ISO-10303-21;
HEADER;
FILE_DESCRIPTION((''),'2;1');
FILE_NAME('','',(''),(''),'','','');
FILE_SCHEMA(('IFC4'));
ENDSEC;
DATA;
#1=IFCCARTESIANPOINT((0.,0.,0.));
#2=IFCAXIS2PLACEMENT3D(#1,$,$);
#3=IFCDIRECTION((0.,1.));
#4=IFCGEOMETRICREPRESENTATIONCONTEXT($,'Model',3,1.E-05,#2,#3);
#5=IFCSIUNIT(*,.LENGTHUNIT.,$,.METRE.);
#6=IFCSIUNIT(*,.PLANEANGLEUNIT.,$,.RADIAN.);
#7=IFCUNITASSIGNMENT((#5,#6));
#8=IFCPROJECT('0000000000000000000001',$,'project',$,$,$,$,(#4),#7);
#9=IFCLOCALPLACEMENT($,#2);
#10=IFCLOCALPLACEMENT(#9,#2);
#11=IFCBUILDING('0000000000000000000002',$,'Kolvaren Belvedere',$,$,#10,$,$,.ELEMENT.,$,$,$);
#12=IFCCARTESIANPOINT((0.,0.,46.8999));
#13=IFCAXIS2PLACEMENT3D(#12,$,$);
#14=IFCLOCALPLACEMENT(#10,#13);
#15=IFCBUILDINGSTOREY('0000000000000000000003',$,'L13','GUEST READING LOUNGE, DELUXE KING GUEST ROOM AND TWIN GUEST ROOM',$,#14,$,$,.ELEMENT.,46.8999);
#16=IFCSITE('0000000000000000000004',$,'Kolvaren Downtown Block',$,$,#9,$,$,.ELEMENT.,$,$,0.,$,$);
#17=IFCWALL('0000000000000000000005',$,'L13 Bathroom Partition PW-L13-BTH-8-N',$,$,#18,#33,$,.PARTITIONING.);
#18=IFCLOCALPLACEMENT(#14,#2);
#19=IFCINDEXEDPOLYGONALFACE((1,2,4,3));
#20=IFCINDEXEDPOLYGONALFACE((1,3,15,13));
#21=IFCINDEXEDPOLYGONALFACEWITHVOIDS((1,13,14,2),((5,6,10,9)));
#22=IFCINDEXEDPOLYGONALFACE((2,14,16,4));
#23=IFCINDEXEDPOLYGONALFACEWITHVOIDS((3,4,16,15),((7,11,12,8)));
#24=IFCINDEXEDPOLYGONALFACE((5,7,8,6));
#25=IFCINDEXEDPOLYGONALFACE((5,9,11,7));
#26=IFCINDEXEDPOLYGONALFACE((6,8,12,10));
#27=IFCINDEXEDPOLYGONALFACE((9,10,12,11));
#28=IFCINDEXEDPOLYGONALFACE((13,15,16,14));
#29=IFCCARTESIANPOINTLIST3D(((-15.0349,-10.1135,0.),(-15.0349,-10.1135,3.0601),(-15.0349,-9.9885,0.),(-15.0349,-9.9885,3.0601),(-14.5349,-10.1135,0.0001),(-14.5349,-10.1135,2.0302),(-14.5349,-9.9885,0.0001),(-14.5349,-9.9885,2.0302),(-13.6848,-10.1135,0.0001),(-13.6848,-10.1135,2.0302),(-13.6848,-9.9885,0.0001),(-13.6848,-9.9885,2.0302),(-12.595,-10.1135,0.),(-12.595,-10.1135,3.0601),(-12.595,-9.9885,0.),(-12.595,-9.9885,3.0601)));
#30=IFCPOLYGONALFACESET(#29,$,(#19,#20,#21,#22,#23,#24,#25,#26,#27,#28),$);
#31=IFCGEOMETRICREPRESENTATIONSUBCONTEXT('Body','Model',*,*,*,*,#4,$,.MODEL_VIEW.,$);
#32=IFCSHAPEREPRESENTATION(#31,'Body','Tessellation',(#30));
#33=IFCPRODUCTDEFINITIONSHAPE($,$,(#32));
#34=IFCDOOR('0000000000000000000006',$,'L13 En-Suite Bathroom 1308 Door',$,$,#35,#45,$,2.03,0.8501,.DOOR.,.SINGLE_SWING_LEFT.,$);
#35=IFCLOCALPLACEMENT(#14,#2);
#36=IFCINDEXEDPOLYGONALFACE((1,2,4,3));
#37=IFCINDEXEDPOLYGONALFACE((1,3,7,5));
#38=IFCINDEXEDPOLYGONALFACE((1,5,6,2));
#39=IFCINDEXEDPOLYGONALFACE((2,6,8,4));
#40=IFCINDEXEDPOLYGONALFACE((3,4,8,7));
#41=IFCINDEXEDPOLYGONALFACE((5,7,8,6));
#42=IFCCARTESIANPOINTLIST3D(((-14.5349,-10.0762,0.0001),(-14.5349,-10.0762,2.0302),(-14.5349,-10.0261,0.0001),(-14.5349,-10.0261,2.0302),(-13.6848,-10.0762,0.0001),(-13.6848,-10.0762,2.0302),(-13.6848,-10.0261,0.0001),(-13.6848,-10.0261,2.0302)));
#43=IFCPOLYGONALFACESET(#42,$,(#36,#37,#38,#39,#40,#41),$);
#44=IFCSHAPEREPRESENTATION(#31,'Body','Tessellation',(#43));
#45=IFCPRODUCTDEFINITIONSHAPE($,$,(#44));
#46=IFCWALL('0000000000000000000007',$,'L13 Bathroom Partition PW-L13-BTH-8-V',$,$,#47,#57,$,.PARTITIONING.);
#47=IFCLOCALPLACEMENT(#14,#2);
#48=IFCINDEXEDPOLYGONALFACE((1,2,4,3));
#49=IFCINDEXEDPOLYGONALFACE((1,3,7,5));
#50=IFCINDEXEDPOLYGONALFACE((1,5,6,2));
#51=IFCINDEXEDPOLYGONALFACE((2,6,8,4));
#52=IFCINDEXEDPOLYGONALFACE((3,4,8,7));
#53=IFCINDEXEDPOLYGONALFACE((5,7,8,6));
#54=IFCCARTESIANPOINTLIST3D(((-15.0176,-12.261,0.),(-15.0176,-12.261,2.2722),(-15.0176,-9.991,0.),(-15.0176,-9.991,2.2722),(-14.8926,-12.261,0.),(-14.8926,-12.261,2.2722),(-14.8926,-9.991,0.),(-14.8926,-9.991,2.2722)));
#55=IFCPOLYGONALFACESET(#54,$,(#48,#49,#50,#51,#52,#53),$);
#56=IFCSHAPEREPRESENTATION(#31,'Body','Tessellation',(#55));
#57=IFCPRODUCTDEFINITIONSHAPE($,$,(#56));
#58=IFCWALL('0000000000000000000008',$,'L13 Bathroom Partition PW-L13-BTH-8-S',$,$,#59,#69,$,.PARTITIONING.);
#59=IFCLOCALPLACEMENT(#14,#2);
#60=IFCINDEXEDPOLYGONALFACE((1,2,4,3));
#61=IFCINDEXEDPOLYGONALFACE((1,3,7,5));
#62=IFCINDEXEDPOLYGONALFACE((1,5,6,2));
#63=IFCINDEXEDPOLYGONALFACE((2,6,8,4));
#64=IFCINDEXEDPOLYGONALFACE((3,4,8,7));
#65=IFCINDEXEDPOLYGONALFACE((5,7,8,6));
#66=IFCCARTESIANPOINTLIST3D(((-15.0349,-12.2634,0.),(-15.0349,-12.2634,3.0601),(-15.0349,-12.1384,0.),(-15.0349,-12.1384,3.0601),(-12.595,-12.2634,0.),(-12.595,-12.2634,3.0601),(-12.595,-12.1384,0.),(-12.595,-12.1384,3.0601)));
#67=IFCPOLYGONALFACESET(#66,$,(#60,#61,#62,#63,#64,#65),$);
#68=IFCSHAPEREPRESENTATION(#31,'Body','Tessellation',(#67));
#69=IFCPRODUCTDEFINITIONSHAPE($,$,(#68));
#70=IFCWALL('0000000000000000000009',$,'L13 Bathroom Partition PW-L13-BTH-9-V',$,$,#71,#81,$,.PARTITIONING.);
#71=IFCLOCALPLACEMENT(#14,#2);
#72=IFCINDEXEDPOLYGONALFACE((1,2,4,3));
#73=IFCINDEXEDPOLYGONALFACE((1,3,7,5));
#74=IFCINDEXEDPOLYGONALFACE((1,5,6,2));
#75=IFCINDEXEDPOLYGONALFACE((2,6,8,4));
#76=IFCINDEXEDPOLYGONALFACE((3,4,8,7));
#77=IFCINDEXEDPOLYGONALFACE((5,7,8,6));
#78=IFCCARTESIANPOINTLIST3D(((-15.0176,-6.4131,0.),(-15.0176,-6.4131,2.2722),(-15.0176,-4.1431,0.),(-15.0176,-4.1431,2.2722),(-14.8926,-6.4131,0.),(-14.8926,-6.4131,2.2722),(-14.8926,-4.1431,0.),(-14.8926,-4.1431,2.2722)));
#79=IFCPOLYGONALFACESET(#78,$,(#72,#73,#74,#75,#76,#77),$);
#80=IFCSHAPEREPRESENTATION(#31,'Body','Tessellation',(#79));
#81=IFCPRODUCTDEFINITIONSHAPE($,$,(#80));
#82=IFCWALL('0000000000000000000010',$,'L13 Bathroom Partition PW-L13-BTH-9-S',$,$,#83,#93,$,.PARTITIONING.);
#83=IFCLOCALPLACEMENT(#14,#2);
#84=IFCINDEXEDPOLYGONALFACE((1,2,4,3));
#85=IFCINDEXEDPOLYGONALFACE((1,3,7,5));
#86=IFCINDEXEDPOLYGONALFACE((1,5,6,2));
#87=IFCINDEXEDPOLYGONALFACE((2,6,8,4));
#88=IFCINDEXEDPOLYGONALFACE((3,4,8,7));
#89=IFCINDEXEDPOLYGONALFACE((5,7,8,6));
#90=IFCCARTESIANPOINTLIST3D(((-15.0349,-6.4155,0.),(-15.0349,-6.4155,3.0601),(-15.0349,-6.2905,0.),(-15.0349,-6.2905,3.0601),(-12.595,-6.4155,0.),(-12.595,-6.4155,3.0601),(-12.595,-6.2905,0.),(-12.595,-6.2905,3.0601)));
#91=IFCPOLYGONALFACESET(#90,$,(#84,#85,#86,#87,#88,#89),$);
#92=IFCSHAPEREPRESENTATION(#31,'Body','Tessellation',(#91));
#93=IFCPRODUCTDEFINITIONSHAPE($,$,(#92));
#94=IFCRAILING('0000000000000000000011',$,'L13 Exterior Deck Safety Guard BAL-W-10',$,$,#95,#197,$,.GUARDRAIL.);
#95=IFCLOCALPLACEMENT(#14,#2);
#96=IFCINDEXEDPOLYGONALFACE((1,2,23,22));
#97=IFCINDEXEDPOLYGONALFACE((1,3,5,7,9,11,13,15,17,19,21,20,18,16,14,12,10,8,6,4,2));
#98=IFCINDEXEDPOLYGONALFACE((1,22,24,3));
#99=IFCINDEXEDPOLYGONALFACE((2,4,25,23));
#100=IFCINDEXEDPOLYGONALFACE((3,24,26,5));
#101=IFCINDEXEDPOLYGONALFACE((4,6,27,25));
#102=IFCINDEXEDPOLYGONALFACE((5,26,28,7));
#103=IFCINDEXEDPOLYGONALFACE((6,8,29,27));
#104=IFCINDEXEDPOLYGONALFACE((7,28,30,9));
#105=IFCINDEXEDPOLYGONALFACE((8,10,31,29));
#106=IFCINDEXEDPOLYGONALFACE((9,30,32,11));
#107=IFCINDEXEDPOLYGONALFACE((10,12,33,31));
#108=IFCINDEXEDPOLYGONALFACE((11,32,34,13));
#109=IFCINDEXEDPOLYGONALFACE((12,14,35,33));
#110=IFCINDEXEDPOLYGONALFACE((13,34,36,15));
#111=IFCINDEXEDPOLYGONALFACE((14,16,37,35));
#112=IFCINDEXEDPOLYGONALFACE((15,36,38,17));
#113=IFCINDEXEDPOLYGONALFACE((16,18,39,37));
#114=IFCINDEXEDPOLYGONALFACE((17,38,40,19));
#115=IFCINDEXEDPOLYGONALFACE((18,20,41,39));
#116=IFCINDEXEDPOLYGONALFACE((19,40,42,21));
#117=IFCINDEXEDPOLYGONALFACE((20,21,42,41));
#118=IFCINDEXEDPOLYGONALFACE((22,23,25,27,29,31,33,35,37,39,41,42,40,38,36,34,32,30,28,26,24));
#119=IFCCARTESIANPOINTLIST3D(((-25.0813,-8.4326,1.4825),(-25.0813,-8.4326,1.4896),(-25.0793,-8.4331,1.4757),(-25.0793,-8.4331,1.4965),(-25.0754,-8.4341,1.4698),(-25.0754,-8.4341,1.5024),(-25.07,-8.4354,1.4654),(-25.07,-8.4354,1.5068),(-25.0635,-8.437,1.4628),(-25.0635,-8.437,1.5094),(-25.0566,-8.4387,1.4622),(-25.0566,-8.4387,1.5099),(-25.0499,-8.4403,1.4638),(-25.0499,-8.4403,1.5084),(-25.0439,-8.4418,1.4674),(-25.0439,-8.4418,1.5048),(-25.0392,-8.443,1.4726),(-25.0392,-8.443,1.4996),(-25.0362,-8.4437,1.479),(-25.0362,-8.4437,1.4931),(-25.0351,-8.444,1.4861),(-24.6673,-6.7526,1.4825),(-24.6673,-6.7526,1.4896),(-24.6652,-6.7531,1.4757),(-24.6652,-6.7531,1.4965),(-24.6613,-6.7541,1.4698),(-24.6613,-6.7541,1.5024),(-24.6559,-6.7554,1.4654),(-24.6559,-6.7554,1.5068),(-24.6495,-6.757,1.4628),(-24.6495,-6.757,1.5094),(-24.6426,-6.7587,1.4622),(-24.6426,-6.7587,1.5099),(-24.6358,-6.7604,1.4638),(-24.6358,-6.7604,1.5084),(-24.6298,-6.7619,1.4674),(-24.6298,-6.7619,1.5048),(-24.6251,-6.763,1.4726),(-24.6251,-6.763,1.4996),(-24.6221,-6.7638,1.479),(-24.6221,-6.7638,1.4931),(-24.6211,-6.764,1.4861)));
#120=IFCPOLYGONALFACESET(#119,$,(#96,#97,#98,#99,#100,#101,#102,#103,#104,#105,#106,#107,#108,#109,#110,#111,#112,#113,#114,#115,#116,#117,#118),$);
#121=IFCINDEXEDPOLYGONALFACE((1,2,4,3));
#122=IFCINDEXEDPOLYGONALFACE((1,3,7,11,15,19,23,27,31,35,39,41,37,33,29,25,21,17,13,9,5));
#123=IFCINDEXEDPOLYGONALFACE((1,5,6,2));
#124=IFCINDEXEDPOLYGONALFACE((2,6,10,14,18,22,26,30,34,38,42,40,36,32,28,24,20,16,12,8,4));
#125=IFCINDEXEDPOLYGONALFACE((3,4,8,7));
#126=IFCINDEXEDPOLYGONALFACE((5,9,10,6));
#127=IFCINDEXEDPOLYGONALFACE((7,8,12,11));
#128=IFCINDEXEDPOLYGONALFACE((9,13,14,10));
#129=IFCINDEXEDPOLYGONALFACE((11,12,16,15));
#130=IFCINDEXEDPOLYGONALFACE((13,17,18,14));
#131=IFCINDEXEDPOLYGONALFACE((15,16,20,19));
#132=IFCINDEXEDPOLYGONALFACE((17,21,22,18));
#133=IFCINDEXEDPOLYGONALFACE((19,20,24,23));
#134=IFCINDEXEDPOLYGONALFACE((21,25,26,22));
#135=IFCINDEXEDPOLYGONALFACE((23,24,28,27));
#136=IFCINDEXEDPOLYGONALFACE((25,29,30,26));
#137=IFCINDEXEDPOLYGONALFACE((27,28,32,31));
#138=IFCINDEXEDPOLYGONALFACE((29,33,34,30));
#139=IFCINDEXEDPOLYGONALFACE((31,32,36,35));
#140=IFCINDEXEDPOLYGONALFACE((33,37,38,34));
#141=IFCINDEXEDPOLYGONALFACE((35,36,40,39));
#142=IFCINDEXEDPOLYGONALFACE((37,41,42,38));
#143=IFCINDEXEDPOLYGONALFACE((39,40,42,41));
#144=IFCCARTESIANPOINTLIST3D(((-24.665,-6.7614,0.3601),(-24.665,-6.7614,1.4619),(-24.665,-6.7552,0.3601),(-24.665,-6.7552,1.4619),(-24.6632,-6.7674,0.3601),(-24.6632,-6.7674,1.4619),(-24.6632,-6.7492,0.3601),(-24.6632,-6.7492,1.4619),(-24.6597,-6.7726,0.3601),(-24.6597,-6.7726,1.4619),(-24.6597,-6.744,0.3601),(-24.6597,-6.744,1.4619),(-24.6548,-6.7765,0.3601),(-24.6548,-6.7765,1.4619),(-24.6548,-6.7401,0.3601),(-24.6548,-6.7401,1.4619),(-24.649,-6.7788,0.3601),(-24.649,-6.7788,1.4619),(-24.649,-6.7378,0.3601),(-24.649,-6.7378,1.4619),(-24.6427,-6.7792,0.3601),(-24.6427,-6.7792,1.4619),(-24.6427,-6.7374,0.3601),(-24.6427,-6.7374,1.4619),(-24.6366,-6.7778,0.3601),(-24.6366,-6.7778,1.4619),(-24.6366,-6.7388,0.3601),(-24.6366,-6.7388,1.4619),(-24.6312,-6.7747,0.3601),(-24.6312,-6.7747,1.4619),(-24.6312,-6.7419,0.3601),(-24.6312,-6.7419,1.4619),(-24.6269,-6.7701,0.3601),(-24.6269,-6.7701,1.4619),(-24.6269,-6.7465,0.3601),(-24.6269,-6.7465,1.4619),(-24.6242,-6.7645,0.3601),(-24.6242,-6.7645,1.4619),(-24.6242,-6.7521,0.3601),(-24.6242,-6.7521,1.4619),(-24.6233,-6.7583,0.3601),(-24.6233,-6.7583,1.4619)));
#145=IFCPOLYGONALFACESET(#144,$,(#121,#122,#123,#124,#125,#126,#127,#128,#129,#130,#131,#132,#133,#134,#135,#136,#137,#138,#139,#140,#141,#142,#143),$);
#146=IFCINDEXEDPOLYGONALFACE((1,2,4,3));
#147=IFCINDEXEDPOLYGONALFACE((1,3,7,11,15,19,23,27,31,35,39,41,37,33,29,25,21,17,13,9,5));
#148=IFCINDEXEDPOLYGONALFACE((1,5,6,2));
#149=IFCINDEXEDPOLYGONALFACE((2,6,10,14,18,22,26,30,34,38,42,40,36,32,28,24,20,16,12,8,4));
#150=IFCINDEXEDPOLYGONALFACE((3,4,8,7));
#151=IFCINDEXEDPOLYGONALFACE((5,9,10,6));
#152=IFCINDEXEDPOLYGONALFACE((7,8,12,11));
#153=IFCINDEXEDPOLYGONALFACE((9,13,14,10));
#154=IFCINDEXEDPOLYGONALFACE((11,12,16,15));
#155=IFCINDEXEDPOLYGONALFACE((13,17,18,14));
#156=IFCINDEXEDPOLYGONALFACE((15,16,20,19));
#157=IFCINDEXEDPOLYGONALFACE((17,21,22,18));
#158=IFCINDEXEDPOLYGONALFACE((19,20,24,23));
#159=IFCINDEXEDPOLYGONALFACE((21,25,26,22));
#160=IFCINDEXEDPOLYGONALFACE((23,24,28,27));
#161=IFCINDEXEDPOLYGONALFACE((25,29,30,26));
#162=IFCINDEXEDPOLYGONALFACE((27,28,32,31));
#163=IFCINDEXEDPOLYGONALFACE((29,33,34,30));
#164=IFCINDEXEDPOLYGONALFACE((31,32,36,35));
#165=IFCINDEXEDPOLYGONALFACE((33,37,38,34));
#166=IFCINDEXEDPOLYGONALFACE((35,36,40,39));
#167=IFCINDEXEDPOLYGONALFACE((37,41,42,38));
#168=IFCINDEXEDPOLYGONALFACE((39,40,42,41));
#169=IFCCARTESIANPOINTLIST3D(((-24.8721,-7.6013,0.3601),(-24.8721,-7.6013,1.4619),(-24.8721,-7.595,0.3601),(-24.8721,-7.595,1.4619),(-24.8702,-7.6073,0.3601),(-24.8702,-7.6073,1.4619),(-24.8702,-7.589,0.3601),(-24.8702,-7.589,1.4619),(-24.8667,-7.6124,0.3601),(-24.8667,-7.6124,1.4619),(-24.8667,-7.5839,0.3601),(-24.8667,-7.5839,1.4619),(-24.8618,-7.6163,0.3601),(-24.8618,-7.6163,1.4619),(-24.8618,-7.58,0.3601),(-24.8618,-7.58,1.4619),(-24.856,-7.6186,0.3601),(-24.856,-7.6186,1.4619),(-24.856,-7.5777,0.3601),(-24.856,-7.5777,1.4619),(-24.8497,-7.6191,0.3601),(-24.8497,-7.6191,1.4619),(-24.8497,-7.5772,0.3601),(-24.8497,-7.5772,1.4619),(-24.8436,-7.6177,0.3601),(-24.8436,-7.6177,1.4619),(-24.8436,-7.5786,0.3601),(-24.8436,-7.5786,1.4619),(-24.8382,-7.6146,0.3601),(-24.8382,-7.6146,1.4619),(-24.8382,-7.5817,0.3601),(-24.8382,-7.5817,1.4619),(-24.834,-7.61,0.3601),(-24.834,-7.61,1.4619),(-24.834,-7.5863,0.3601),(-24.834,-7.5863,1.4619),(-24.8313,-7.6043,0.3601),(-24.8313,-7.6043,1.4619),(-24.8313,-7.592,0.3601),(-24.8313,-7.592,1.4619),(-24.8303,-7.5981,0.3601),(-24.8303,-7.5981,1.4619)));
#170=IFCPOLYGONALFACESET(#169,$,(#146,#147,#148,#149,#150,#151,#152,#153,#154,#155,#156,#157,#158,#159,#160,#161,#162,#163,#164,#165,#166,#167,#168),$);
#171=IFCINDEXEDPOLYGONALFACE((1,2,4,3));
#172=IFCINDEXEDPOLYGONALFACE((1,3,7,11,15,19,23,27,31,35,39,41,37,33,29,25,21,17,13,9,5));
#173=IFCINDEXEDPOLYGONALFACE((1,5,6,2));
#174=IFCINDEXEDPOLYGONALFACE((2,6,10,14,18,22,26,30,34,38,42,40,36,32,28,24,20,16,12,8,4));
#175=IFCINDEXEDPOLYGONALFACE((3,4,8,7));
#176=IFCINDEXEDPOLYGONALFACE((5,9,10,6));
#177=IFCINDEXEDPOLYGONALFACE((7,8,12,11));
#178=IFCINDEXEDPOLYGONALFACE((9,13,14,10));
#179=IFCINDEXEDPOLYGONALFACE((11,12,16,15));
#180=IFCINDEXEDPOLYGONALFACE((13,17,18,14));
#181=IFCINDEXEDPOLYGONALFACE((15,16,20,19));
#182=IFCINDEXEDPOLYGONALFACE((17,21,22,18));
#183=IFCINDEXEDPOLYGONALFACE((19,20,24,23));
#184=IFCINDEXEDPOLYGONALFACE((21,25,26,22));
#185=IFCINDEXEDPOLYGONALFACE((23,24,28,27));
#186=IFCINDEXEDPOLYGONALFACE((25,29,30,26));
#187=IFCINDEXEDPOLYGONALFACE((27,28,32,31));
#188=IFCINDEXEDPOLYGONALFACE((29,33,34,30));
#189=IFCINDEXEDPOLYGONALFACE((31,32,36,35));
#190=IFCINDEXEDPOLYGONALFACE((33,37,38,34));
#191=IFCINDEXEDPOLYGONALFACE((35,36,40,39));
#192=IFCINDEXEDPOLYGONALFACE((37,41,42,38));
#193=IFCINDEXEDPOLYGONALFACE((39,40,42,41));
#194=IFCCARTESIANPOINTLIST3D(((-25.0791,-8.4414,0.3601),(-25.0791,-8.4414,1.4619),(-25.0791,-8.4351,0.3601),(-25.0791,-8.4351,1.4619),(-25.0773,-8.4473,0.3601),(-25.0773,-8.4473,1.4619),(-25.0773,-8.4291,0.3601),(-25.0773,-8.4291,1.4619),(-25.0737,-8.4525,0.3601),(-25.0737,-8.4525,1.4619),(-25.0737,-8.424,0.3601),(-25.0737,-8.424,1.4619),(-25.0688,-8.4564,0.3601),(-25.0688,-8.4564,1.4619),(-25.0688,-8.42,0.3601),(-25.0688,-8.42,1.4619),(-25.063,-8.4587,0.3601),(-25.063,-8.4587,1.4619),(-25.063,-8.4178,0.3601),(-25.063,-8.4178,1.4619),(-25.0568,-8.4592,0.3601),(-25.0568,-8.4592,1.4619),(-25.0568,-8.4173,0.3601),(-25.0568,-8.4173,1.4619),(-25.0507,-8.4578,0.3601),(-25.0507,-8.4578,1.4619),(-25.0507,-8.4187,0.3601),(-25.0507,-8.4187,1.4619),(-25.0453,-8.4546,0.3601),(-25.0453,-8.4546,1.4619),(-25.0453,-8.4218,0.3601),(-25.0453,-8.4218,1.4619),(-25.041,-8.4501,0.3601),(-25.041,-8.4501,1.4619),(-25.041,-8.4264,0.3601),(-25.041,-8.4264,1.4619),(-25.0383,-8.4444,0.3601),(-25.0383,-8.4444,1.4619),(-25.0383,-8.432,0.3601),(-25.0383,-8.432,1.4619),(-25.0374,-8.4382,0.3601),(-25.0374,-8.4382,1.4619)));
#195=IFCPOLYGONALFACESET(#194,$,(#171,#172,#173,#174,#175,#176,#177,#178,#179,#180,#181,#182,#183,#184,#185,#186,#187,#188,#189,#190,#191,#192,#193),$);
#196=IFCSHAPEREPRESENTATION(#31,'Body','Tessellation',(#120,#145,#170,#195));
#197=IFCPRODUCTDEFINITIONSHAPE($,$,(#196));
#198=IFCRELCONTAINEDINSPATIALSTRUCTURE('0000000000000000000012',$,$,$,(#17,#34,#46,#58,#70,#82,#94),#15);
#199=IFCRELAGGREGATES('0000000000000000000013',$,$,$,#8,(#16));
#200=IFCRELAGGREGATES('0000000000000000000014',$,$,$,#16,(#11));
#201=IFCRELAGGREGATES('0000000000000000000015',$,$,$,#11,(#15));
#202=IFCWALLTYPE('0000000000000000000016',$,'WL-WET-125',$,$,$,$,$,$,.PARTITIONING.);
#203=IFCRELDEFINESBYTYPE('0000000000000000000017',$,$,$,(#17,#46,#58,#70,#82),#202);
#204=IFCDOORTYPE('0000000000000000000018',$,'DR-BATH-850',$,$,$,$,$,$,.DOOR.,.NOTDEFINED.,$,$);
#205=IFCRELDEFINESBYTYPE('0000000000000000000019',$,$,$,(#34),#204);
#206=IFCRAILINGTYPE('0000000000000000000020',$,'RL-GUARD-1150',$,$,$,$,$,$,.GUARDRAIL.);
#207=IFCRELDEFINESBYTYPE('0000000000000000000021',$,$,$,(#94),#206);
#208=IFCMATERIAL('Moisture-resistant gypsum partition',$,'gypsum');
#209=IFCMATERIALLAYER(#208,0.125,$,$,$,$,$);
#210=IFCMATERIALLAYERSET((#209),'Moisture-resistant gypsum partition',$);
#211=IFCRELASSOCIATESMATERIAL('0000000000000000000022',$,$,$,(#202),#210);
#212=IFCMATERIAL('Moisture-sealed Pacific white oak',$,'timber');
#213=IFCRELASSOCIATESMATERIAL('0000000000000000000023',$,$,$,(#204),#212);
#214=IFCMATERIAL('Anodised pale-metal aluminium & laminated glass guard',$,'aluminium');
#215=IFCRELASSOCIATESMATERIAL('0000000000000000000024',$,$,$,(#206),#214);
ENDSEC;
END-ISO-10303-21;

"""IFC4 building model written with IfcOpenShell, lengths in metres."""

from ifc_helpers import new_model, si_unit, direction, frame, frame_2d, origin, origin_2d, place, context, subcontext, project, spatial, rectangle, circle, extrude, material, layer, layer_set, type_object, element, fill, save


model = new_model("IFC4")

# Units and contexts
model_context = context("Model", 3, precision=1e-05, world=origin(), true_north=direction((0.0, 1.0)))
body_context = subcontext(model_context, "Body", "Model", "MODEL_VIEW")
ifc_project = project(units=[si_unit("LENGTHUNIT", "METRE"), si_unit("PLANEANGLEUNIT", "RADIAN")], contexts=[model_context])

# Site, building, storey
site_placement = place(None, origin())
site = spatial("IfcSite", under=ifc_project, at=site_placement, Name="Kolvaren Downtown Block", CompositionType="ELEMENT", RefElevation=0.0)
building_placement = place(site_placement, origin())
building = spatial("IfcBuilding", under=site, at=building_placement, Name="Kolvaren Belvedere", CompositionType="ELEMENT")
storey_placement = place(building_placement, frame((0.0, 0.0, 46.8999)))
storey = spatial("IfcBuildingStorey", under=building, at=storey_placement, Name="L13", Description="GUEST READING LOUNGE, DELUXE KING GUEST ROOM AND TWIN GUEST ROOM", CompositionType="ELEMENT", Elevation=46.8999)

# Wall, opening, door
ifc_material_1 = material(Name="Moisture-resistant gypsum partition", Category="gypsum")
ifc_layer_1 = layer(ifc_material_1, 0.125)
ifc_layer_set_1 = layer_set([ifc_layer_1], Name="Moisture-resistant gypsum partition")
wall_type_1 = type_object("IfcWallType", Name="WL-WET-125", PredefinedType="PARTITIONING", material=ifc_layer_set_1)
wall_1_placement = place(storey_placement, frame((-15.0349, -10.051, 0.0), z_axis=(0.0, 0.0, 1.0), x_axis=(1.0, 0.0, 0.0)))
wall_1 = element("IfcWall", 1, at=wall_1_placement, inside=storey, type_object=wall_type_1, Name="L13 Bathroom Partition PW-L13-BTH-8-N", PredefinedType="PARTITIONING", context=body_context, shape_type="SweptSolid", body=[
    extrude(rectangle(XDim=2.4399, YDim=0.125, at=frame_2d((1.22, 0.0))), origin(), (0.0, 0.0, 1.0), 3.0601),
])
opening_1_placement = place(wall_1_placement, frame((0.5, 0.0, 0.0)))
opening_1 = element("IfcOpeningElement", 2, at=opening_1_placement, cuts=wall_1, PredefinedType="OPENING", context=body_context, shape_type="SweptSolid", body=[
    extrude(rectangle(XDim=0.8501, YDim=2.03, at=frame_2d((0.425, 1.0151))), frame((0.0, 0.0725, 0.0), z_axis=(0.0, -1.0, 0.0), x_axis=(1.0, 0.0, 0.0)), (0.0, 0.0, 1.0), 0.145),
])
ifc_material_2 = material(Name="Moisture-sealed Pacific white oak", Category="timber")
door_type = type_object("IfcDoorType", Name="DR-BATH-850", OperationType="NOTDEFINED", PredefinedType="DOOR", material=ifc_material_2)
door_placement = place(opening_1_placement, origin())
door = element("IfcDoor", 3, at=door_placement, inside=storey, type_object=door_type, Name="L13 En-Suite Bathroom 1308 Door", OperationType="SINGLE_SWING_LEFT", OverallHeight=2.03, OverallWidth=0.8501, PredefinedType="DOOR", context=body_context, shape_type="SweptSolid", body=[
    extrude(rectangle(XDim=0.8501, YDim=2.03, at=frame_2d((0.425, 1.0151))), frame((0.0, 0.0249, 0.0), z_axis=(0.0, -1.0, 0.0), x_axis=(1.0, 0.0, 0.0)), (0.0, 0.0, 1.0), 0.05),
])
fill(opening_1, door)

# Walls
wall_2_placement = place(storey_placement, frame((-14.9551, -12.261, 0.0), z_axis=(0.0, 0.0, 1.0), x_axis=(0.0, 1.0, 0.0)))
element("IfcWall", 4, at=wall_2_placement, inside=storey, type_object=wall_type_1, Name="L13 Bathroom Partition PW-L13-BTH-8-V", PredefinedType="PARTITIONING", context=body_context, shape_type="SweptSolid", body=[
    extrude(rectangle(XDim=2.27, YDim=0.125, at=frame_2d((1.135, 0.0))), origin(), (0.0, 0.0, 1.0), 2.2722),
])
wall_3_placement = place(storey_placement, frame((-15.0349, -12.2009, 0.0), z_axis=(0.0, 0.0, 1.0), x_axis=(1.0, 0.0, 0.0)))
element("IfcWall", 5, at=wall_3_placement, inside=storey, type_object=wall_type_1, Name="L13 Bathroom Partition PW-L13-BTH-8-S", PredefinedType="PARTITIONING", context=body_context, shape_type="SweptSolid", body=[
    extrude(rectangle(XDim=2.4399, YDim=0.125, at=frame_2d((1.22, 0.0))), origin(), (0.0, 0.0, 1.0), 3.0601),
])
wall_4_placement = place(storey_placement, frame((-14.9551, -6.4131, 0.0), z_axis=(0.0, 0.0, 1.0), x_axis=(0.0, 1.0, 0.0)))
element("IfcWall", 6, at=wall_4_placement, inside=storey, type_object=wall_type_1, Name="L13 Bathroom Partition PW-L13-BTH-9-V", PredefinedType="PARTITIONING", context=body_context, shape_type="SweptSolid", body=[
    extrude(rectangle(XDim=2.27, YDim=0.125, at=frame_2d((1.135, 0.0))), origin(), (0.0, 0.0, 1.0), 2.2722),
])
wall_5_placement = place(storey_placement, frame((-15.0349, -6.353, 0.0), z_axis=(0.0, 0.0, 1.0), x_axis=(1.0, 0.0, 0.0)))
element("IfcWall", 7, at=wall_5_placement, inside=storey, type_object=wall_type_1, Name="L13 Bathroom Partition PW-L13-BTH-9-S", PredefinedType="PARTITIONING", context=body_context, shape_type="SweptSolid", body=[
    extrude(rectangle(XDim=2.4399, YDim=0.125, at=frame_2d((1.22, 0.0))), origin(), (0.0, 0.0, 1.0), 3.0601),
])

# Railing
ifc_material_3 = material(Name="Anodised pale-metal aluminium & laminated glass guard", Category="aluminium")
railing_type = type_object("IfcRailingType", Name="RL-GUARD-1150", PredefinedType="GUARDRAIL", material=ifc_material_3)
railing_1_placement = place(storey_placement, frame((-24.6443, -6.7583, 0.3601)))
element("IfcRailing", 8, at=railing_1_placement, inside=storey, type_object=railing_type, Name="L13 Exterior Deck Safety Guard BAL-W-10", PredefinedType="GUARDRAIL", context=body_context, shape_type="SweptSolid", body=[
    extrude(circle(Radius=0.0239, at=origin_2d()), frame((0.0, 0.0, 1.126), z_axis=(-0.239314, -0.970942, 0.0), x_axis=(0.970942, -0.239314, 0.0)), (0.0, 0.0, 1.0), 1.7302),
    extrude(circle(Radius=0.021, at=origin_2d()), origin(), (0.0, 0.0, 1.0), 1.1018),
    extrude(circle(Radius=0.021, at=origin_2d()), frame((-0.207, -0.8398, 0.0)), (0.0, 0.0, 1.0), 1.1018),
    extrude(circle(Radius=0.021, at=origin_2d()), frame((-0.4141, -1.6799, 0.0)), (0.0, 0.0, 1.0), 1.1018),
])

save(model, "model.ifc")
